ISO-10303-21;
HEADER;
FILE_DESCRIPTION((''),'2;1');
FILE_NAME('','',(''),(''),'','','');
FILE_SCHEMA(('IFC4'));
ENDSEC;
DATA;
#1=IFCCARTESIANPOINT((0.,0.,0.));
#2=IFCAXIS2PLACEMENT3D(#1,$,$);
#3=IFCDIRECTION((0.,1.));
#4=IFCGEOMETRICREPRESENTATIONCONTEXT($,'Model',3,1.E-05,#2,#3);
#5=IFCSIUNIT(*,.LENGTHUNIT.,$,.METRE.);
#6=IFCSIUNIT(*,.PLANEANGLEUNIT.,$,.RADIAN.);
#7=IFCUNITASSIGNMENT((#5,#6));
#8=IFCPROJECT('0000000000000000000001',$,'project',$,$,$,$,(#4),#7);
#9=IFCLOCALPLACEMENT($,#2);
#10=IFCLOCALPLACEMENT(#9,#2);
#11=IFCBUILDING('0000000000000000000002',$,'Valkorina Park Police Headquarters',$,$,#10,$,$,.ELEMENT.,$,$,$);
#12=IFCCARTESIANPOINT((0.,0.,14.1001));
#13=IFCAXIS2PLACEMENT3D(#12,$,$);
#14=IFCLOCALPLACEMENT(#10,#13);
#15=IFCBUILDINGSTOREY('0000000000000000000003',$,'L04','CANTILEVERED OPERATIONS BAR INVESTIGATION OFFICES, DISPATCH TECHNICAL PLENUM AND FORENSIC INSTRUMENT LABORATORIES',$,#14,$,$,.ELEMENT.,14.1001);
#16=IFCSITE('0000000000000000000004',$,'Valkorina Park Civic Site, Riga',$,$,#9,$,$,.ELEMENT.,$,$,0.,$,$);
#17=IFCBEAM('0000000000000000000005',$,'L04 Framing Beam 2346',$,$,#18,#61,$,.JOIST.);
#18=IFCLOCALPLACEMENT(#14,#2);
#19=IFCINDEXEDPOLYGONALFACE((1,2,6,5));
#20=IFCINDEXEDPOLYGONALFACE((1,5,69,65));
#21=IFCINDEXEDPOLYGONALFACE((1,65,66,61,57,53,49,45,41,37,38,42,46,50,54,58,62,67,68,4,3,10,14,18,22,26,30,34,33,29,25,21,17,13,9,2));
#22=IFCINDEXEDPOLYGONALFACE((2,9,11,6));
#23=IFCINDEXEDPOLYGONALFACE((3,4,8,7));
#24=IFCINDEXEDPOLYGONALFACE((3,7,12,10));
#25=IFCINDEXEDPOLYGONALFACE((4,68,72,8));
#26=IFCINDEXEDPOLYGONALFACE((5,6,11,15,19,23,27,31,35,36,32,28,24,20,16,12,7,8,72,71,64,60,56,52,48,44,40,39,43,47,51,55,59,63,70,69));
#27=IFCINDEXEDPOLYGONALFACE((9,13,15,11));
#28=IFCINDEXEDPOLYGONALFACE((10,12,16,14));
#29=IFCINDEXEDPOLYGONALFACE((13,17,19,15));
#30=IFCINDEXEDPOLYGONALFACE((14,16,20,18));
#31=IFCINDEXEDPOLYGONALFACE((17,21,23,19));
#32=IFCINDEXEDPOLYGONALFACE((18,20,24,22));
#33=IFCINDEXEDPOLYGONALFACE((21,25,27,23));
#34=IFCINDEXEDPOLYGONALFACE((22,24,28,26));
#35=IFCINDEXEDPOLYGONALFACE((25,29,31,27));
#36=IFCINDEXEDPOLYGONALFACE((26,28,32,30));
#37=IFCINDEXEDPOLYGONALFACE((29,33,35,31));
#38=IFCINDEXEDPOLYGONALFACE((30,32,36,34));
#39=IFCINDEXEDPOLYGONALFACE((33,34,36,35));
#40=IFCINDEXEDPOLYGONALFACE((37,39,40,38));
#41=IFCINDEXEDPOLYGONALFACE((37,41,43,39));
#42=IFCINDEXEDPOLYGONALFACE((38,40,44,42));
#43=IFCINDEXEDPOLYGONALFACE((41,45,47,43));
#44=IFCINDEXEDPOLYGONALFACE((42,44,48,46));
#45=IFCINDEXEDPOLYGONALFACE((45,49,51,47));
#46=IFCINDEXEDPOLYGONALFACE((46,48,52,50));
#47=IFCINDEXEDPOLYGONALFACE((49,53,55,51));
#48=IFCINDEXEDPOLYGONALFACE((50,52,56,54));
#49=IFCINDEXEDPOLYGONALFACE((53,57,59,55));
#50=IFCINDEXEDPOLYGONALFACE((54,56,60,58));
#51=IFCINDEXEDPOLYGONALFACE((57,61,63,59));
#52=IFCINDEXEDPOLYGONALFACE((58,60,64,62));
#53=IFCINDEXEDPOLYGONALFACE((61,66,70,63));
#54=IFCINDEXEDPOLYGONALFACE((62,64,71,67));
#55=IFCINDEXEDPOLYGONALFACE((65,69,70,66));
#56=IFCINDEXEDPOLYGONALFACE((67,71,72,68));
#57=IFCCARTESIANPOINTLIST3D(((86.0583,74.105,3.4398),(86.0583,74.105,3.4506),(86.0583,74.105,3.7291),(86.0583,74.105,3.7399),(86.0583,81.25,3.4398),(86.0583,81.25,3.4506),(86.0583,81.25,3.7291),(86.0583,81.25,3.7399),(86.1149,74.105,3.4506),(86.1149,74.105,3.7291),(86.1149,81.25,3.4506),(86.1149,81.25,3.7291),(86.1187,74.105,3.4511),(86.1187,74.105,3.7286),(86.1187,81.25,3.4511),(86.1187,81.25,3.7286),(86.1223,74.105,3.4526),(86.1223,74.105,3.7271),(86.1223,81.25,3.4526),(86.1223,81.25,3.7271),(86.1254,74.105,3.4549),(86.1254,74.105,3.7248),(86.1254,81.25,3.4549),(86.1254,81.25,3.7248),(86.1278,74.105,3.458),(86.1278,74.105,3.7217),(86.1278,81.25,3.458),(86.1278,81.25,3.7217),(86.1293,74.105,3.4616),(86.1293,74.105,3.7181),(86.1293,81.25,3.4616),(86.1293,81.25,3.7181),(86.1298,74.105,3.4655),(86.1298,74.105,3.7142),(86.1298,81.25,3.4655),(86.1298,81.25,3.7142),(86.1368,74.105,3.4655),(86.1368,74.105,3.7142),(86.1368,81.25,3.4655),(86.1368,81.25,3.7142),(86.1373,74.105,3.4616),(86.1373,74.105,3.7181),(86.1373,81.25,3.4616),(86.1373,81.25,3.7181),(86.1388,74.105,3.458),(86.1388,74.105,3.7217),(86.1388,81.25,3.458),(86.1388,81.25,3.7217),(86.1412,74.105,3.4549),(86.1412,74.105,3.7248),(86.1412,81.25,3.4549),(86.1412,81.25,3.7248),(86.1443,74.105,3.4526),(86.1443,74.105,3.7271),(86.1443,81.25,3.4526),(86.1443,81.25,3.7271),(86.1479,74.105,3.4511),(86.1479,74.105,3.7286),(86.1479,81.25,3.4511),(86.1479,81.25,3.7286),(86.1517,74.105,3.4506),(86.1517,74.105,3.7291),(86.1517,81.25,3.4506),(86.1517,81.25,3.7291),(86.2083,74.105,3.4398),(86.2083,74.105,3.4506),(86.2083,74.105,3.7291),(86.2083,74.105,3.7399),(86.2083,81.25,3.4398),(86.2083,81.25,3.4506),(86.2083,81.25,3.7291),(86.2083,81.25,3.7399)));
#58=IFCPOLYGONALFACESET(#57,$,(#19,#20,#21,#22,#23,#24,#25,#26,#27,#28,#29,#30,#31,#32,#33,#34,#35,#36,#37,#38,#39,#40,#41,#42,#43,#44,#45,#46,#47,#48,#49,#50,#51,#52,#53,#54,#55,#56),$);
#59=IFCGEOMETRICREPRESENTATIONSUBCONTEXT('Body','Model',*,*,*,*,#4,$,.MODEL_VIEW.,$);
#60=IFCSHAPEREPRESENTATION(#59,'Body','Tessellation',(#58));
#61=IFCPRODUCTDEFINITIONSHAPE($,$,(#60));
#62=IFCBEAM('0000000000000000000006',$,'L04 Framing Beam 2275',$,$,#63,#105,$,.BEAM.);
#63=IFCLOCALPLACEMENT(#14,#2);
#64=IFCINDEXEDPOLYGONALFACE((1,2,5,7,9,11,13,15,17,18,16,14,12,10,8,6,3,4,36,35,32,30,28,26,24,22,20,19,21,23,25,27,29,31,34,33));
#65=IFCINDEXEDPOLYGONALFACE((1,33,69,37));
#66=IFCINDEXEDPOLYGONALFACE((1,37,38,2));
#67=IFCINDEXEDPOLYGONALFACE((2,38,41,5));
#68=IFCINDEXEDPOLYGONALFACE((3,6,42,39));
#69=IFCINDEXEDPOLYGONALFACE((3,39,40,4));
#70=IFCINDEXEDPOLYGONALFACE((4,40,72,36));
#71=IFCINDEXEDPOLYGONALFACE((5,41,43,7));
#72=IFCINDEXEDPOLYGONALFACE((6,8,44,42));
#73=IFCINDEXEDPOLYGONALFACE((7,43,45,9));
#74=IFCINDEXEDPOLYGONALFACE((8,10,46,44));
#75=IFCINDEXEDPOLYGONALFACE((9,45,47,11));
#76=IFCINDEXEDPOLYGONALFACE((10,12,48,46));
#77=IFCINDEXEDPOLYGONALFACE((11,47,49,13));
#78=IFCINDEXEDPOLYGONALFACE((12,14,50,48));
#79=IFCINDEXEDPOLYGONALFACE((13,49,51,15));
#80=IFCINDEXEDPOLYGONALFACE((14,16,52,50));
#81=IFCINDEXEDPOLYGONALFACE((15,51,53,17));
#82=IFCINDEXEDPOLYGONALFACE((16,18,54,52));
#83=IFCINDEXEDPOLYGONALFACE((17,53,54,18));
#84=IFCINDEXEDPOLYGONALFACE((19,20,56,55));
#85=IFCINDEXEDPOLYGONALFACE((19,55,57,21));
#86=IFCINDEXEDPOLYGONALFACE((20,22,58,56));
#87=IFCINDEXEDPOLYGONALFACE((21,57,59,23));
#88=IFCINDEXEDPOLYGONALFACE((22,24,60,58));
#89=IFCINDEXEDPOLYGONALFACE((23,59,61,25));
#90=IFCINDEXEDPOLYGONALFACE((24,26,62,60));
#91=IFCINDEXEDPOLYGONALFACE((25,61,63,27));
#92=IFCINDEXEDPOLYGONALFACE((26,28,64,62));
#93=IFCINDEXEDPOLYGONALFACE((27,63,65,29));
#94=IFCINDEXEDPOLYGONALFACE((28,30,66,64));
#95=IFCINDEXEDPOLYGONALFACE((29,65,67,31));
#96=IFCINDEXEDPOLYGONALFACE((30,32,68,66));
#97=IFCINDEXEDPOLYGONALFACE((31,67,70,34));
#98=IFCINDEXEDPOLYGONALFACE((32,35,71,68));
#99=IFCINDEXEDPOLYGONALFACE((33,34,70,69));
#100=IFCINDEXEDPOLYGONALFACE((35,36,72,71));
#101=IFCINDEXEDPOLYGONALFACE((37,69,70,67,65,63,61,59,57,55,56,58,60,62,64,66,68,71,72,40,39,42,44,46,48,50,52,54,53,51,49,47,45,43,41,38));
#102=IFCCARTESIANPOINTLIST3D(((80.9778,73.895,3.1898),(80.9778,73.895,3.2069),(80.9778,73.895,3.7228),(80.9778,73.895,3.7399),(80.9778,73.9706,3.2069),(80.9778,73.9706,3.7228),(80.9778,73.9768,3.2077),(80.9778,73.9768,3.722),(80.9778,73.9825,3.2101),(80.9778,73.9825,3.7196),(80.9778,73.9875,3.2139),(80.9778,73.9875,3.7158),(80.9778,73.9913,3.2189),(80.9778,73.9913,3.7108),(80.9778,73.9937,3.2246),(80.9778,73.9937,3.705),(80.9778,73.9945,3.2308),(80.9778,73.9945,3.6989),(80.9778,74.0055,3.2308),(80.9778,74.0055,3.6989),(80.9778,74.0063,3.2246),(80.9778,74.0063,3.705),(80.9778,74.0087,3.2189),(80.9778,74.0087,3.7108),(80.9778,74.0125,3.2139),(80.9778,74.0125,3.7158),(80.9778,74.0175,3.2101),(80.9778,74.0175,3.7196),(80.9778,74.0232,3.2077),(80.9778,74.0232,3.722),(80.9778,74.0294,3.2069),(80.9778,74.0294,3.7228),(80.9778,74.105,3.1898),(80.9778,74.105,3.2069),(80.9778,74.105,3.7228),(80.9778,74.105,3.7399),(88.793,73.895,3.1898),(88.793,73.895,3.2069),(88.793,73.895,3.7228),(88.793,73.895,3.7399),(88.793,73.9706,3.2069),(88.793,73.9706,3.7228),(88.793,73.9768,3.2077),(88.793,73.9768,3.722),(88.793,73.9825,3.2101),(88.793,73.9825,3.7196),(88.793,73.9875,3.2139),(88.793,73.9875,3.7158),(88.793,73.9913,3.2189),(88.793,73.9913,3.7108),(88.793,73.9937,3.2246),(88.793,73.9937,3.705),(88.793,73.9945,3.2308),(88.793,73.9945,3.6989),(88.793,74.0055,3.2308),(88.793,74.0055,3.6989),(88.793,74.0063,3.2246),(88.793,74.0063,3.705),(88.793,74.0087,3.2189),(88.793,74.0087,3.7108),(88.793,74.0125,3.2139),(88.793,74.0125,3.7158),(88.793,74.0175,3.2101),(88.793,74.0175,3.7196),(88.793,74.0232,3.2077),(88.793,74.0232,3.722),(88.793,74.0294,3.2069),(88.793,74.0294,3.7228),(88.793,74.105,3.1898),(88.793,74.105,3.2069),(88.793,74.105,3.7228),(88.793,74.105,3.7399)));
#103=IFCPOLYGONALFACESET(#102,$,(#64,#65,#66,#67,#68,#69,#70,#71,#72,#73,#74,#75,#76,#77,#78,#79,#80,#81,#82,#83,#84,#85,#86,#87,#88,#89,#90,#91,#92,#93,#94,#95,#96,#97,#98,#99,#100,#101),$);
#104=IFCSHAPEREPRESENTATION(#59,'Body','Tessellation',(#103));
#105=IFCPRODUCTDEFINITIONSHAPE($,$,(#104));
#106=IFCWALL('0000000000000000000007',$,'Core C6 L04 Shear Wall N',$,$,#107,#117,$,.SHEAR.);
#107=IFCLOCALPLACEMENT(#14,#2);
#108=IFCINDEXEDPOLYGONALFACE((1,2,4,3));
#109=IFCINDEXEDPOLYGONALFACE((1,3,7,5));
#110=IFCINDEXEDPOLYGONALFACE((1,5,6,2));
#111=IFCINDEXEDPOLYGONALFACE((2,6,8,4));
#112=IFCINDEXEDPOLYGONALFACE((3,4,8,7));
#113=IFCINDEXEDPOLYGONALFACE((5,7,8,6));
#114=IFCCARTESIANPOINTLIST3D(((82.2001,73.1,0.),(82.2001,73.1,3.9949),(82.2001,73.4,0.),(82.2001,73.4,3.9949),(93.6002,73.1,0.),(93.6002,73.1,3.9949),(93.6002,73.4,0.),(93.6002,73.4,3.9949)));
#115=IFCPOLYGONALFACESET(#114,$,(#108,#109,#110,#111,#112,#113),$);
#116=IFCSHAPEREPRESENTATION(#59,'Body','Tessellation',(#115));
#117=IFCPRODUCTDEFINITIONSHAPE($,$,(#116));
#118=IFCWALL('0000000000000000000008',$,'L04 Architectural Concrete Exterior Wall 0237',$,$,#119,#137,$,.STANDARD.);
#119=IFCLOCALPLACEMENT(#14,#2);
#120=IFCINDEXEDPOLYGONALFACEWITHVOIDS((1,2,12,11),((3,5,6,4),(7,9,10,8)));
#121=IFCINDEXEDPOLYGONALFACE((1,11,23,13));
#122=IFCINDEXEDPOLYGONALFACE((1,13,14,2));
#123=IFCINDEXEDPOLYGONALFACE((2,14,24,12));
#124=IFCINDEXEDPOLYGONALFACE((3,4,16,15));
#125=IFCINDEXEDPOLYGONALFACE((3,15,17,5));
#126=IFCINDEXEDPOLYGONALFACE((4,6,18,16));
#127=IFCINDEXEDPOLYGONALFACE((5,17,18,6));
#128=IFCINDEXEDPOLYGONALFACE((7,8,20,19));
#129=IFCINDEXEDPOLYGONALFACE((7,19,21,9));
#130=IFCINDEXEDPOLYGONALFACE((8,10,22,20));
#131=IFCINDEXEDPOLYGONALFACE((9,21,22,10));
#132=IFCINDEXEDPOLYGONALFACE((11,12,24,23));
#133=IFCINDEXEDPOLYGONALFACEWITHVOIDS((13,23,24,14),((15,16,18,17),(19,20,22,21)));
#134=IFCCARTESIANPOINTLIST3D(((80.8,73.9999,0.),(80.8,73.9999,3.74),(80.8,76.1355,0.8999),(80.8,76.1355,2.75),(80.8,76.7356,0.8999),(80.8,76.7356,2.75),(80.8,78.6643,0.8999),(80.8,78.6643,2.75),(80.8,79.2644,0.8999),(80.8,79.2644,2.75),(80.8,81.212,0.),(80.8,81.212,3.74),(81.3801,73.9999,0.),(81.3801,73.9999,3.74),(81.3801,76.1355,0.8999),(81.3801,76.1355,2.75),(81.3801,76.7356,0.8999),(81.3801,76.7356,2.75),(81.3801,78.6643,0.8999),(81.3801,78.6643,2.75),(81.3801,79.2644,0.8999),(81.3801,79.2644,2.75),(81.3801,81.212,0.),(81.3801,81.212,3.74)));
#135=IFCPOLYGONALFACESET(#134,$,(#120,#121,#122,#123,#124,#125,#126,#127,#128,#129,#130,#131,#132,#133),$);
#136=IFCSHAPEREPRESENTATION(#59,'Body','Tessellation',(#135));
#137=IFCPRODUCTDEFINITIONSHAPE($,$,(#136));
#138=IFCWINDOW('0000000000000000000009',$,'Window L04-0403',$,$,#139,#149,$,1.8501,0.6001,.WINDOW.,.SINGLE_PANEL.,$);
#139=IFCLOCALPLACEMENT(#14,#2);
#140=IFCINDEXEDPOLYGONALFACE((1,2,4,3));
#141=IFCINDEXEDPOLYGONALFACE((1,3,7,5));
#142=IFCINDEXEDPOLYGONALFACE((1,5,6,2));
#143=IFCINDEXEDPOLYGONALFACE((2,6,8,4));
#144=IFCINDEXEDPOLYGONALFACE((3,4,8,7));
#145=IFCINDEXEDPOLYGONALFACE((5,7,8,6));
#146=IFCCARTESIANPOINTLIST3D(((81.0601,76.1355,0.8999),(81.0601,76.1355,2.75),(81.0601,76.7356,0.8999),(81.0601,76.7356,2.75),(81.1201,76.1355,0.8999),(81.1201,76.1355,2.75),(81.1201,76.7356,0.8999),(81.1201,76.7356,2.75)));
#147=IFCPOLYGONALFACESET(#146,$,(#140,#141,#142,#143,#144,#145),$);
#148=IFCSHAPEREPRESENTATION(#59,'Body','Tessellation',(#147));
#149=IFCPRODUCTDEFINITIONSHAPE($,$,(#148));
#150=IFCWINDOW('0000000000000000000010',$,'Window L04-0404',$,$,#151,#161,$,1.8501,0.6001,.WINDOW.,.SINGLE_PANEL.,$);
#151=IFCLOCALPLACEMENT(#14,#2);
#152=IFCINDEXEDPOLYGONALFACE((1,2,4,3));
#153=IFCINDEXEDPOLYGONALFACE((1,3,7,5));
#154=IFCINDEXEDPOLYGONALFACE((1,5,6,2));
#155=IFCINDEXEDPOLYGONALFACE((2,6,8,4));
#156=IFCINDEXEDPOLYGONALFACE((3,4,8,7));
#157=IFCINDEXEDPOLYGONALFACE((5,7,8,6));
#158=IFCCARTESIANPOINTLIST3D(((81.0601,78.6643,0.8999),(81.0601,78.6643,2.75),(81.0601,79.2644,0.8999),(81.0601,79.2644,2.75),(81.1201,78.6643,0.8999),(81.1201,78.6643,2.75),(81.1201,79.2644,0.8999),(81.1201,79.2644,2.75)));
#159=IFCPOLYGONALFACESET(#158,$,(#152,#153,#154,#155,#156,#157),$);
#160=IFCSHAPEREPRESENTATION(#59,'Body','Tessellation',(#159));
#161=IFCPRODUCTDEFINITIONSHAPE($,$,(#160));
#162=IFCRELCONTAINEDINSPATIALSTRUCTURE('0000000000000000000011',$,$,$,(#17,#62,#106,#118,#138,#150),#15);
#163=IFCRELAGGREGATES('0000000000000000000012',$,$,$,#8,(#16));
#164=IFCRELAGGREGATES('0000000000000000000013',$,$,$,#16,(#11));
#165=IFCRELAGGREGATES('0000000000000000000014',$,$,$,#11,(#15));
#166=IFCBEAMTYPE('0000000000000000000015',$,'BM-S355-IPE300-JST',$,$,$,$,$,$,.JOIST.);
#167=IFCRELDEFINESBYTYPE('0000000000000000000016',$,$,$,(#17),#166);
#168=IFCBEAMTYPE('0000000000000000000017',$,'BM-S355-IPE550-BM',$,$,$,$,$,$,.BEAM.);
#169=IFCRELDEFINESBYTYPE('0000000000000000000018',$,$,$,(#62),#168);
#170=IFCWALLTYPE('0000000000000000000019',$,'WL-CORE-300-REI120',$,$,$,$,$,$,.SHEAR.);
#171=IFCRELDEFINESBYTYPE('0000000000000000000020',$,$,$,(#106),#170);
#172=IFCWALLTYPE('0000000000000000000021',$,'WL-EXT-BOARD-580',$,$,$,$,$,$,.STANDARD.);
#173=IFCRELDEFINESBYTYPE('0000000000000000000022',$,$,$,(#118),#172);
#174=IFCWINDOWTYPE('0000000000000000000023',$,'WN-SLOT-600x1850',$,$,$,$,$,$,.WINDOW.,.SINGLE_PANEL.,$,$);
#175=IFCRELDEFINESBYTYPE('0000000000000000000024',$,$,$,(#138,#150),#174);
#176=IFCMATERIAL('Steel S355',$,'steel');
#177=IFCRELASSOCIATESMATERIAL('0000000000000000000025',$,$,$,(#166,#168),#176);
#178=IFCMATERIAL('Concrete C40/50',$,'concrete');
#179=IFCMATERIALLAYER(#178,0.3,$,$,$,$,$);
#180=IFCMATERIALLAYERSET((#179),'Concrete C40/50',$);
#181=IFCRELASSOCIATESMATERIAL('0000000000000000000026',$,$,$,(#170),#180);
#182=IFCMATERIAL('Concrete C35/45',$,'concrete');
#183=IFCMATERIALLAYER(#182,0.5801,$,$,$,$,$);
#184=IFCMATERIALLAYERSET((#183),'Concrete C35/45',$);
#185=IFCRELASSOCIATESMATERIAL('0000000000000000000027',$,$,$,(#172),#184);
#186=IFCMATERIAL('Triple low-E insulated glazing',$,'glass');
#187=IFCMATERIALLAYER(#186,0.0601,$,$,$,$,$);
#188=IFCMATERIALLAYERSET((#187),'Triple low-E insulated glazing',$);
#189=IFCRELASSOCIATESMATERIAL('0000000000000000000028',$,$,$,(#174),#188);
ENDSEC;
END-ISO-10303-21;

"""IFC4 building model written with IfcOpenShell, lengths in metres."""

from ifc_helpers import new_model, si_unit, direction, frame, frame_2d, origin, origin_2d, place, context, subcontext, project, spatial, rectangle, i_section, extrude, material, layer, layer_set, material_profile, profile_set, type_object, element, fill, save


model = new_model("IFC4")

# Units and contexts
model_context = context("Model", 3, precision=1e-05, world=origin(), true_north=direction((0.0, 1.0)))
body_context = subcontext(model_context, "Body", "Model", "MODEL_VIEW")
ifc_project = project(units=[si_unit("LENGTHUNIT", "METRE"), si_unit("PLANEANGLEUNIT", "RADIAN")], contexts=[model_context])

# Site, building, storey
site_placement = place(None, origin())
site = spatial("IfcSite", under=ifc_project, at=site_placement, Name="Valkorina Park Civic Site, Riga", CompositionType="ELEMENT", RefElevation=0.0)
building_placement = place(site_placement, origin())
building = spatial("IfcBuilding", under=site, at=building_placement, Name="Valkorina Park Police Headquarters", CompositionType="ELEMENT")
storey_placement = place(building_placement, frame((0.0, 0.0, 14.1001)))
storey = spatial("IfcBuildingStorey", under=building, at=storey_placement, Name="L04", Description="CANTILEVERED OPERATIONS BAR INVESTIGATION OFFICES, DISPATCH TECHNICAL PLENUM AND FORENSIC INSTRUMENT LABORATORIES", CompositionType="ELEMENT", Elevation=14.1001)

# Shared definitions
ifc_material_1 = material(Name="Steel S355", Category="steel")

# Beams
ifc_material_profile_1 = material_profile(ifc_material_1, i_section(OverallWidth=0.1499, OverallDepth=0.3, WebThickness=0.0071, FlangeThickness=0.0107, FilletRadius=0.0149, at=origin_2d()), Name="IPE 300")
ifc_profile_set_1 = profile_set([ifc_material_profile_1], Name="Steel S355")
beam_type_1 = type_object("IfcBeamType", Name="BM-S355-IPE300-JST", PredefinedType="JOIST", material=ifc_profile_set_1)
for number, where, z_axis, x_axis, name in (
    (1, (86.1333, 74.105, 3.5898), (0.0, 1.0, 0.0), (-1.0, 0.0, 0.0), "L04 Framing Beam 2346"),
):
    element("IfcBeam", number, at=place(storey_placement, frame(where, z_axis=z_axis, x_axis=x_axis)), inside=storey, type_object=beam_type_1, Name=name, PredefinedType="JOIST", context=body_context, shape_type="SweptSolid", body=[
        extrude(i_section(OverallWidth=0.1499, OverallDepth=0.3, WebThickness=0.0071, FlangeThickness=0.0107, FilletRadius=0.0149, at=origin_2d()), origin(), (0.0, 0.0, 1.0), 7.145),
    ])
ifc_material_profile_2 = material_profile(ifc_material_1, i_section(OverallWidth=0.21, OverallDepth=0.55, WebThickness=0.011, FlangeThickness=0.0171, FilletRadius=0.0239, at=origin_2d()), Name="IPE 550")
ifc_profile_set_2 = profile_set([ifc_material_profile_2], Name="Steel S355")
beam_type_2 = type_object("IfcBeamType", Name="BM-S355-IPE550-BM", PredefinedType="BEAM", material=ifc_profile_set_2)
beam_1_placement = place(storey_placement, frame((80.9778, 74.0, 3.4648), z_axis=(1.0, 0.0, 0.0), x_axis=(0.0, 1.0, 0.0)))
element("IfcBeam", 2, at=beam_1_placement, inside=storey, type_object=beam_type_2, Name="L04 Framing Beam 2275", PredefinedType="BEAM", context=body_context, shape_type="SweptSolid", body=[
    extrude(i_section(OverallWidth=0.21, OverallDepth=0.55, WebThickness=0.011, FlangeThickness=0.0171, FilletRadius=0.0239, at=origin_2d()), origin(), (0.0, 0.0, 1.0), 7.8152),
])

# Wall
ifc_material_2 = material(Name="Concrete C40/50", Category="concrete")
ifc_layer_1 = layer(ifc_material_2, 0.3)
ifc_layer_set_1 = layer_set([ifc_layer_1], Name="Concrete C40/50")
wall_type_1 = type_object("IfcWallType", Name="WL-CORE-300-REI120", PredefinedType="SHEAR", material=ifc_layer_set_1)
wall_1_placement = place(storey_placement, frame((82.2, 73.25, 0.0), z_axis=(0.0, 0.0, 1.0), x_axis=(1.0, 0.0, 0.0)))
element("IfcWall", 3, at=wall_1_placement, inside=storey, type_object=wall_type_1, Name="Core C6 L04 Shear Wall N", PredefinedType="SHEAR", context=body_context, shape_type="SweptSolid", body=[
    extrude(rectangle(XDim=11.4001, YDim=0.3, at=frame_2d((5.7002, 0.0))), origin(), (0.0, 0.0, 1.0), 3.9949),
])

# Wall, openings, windows
ifc_material_3 = material(Name="Concrete C35/45", Category="concrete")
ifc_layer_2 = layer(ifc_material_3, 0.5801)
ifc_layer_set_2 = layer_set([ifc_layer_2], Name="Concrete C35/45")
wall_type_2 = type_object("IfcWallType", Name="WL-EXT-BOARD-580", PredefinedType="STANDARD", material=ifc_layer_set_2)
wall_2_placement = place(storey_placement, frame((81.0901, 74.0, 0.0), z_axis=(0.0, 0.0, 1.0), x_axis=(0.0, 1.0, 0.0)))
wall_2 = element("IfcWall", 4, at=wall_2_placement, inside=storey, type_object=wall_type_2, Name="L04 Architectural Concrete Exterior Wall 0237", PredefinedType="STANDARD", context=body_context, shape_type="SweptSolid", body=[
    extrude(rectangle(XDim=7.2122, YDim=0.5801, at=frame_2d((3.606, 0.0))), origin(), (0.0, 0.0, 1.0), 3.74),
])
opening_1_placement = place(wall_2_placement, frame((2.1355, 0.0, 0.8999)))
opening_1 = element("IfcOpeningElement", 5, at=opening_1_placement, cuts=wall_2, PredefinedType="OPENING", context=body_context, shape_type="SweptSolid", body=[
    extrude(rectangle(XDim=0.6001, YDim=1.8501, at=frame_2d((0.3, 0.925))), frame((0.0, 0.3, 0.0), z_axis=(0.0, -1.0, 0.0), x_axis=(1.0, 0.0, 0.0)), (0.0, 0.0, 1.0), 0.6001),
])
opening_2_placement = place(wall_2_placement, frame((4.6643, 0.0, 0.8999)))
opening_2 = element("IfcOpeningElement", 6, at=opening_2_placement, cuts=wall_2, PredefinedType="OPENING", context=body_context, shape_type="SweptSolid", body=[
    extrude(rectangle(XDim=0.6001, YDim=1.8501, at=frame_2d((0.3, 0.925))), frame((0.0, 0.3, 0.0), z_axis=(0.0, -1.0, 0.0), x_axis=(1.0, 0.0, 0.0)), (0.0, 0.0, 1.0), 0.6001),
])
ifc_material_4 = material(Name="Triple low-E insulated glazing", Category="glass")
ifc_layer_3 = layer(ifc_material_4, 0.0601)
ifc_layer_set_3 = layer_set([ifc_layer_3], Name="Triple low-E insulated glazing")
window_type_1 = type_object("IfcWindowType", Name="WN-SLOT-600x1850", PartitioningType="SINGLE_PANEL", PredefinedType="WINDOW", material=ifc_layer_set_3)
window_1_placement = place(opening_1_placement, origin())
window_1 = element("IfcWindow", 7, at=window_1_placement, inside=storey, type_object=window_type_1, Name="Window L04-0403", OverallHeight=1.8501, OverallWidth=0.6001, PartitioningType="SINGLE_PANEL", PredefinedType="WINDOW", context=body_context, shape_type="SweptSolid", body=[
    extrude(rectangle(XDim=0.6001, YDim=1.8501, at=frame_2d((0.3, 0.925))), frame((0.0, 0.03, 0.0), z_axis=(0.0, -1.0, 0.0), x_axis=(1.0, 0.0, 0.0)), (0.0, 0.0, 1.0), 0.0601),
])
fill(opening_1, window_1)
window_2_placement = place(opening_2_placement, origin())
window_2 = element("IfcWindow", 8, at=window_2_placement, inside=storey, type_object=window_type_1, Name="Window L04-0404", OverallHeight=1.8501, OverallWidth=0.6001, PartitioningType="SINGLE_PANEL", PredefinedType="WINDOW", context=body_context, shape_type="SweptSolid", body=[
    extrude(rectangle(XDim=0.6001, YDim=1.8501, at=frame_2d((0.3, 0.925))), frame((0.0, 0.03, 0.0), z_axis=(0.0, -1.0, 0.0), x_axis=(1.0, 0.0, 0.0)), (0.0, 0.0, 1.0), 0.0601),
])
fill(opening_2, window_2)

save(model, "model.ifc")
